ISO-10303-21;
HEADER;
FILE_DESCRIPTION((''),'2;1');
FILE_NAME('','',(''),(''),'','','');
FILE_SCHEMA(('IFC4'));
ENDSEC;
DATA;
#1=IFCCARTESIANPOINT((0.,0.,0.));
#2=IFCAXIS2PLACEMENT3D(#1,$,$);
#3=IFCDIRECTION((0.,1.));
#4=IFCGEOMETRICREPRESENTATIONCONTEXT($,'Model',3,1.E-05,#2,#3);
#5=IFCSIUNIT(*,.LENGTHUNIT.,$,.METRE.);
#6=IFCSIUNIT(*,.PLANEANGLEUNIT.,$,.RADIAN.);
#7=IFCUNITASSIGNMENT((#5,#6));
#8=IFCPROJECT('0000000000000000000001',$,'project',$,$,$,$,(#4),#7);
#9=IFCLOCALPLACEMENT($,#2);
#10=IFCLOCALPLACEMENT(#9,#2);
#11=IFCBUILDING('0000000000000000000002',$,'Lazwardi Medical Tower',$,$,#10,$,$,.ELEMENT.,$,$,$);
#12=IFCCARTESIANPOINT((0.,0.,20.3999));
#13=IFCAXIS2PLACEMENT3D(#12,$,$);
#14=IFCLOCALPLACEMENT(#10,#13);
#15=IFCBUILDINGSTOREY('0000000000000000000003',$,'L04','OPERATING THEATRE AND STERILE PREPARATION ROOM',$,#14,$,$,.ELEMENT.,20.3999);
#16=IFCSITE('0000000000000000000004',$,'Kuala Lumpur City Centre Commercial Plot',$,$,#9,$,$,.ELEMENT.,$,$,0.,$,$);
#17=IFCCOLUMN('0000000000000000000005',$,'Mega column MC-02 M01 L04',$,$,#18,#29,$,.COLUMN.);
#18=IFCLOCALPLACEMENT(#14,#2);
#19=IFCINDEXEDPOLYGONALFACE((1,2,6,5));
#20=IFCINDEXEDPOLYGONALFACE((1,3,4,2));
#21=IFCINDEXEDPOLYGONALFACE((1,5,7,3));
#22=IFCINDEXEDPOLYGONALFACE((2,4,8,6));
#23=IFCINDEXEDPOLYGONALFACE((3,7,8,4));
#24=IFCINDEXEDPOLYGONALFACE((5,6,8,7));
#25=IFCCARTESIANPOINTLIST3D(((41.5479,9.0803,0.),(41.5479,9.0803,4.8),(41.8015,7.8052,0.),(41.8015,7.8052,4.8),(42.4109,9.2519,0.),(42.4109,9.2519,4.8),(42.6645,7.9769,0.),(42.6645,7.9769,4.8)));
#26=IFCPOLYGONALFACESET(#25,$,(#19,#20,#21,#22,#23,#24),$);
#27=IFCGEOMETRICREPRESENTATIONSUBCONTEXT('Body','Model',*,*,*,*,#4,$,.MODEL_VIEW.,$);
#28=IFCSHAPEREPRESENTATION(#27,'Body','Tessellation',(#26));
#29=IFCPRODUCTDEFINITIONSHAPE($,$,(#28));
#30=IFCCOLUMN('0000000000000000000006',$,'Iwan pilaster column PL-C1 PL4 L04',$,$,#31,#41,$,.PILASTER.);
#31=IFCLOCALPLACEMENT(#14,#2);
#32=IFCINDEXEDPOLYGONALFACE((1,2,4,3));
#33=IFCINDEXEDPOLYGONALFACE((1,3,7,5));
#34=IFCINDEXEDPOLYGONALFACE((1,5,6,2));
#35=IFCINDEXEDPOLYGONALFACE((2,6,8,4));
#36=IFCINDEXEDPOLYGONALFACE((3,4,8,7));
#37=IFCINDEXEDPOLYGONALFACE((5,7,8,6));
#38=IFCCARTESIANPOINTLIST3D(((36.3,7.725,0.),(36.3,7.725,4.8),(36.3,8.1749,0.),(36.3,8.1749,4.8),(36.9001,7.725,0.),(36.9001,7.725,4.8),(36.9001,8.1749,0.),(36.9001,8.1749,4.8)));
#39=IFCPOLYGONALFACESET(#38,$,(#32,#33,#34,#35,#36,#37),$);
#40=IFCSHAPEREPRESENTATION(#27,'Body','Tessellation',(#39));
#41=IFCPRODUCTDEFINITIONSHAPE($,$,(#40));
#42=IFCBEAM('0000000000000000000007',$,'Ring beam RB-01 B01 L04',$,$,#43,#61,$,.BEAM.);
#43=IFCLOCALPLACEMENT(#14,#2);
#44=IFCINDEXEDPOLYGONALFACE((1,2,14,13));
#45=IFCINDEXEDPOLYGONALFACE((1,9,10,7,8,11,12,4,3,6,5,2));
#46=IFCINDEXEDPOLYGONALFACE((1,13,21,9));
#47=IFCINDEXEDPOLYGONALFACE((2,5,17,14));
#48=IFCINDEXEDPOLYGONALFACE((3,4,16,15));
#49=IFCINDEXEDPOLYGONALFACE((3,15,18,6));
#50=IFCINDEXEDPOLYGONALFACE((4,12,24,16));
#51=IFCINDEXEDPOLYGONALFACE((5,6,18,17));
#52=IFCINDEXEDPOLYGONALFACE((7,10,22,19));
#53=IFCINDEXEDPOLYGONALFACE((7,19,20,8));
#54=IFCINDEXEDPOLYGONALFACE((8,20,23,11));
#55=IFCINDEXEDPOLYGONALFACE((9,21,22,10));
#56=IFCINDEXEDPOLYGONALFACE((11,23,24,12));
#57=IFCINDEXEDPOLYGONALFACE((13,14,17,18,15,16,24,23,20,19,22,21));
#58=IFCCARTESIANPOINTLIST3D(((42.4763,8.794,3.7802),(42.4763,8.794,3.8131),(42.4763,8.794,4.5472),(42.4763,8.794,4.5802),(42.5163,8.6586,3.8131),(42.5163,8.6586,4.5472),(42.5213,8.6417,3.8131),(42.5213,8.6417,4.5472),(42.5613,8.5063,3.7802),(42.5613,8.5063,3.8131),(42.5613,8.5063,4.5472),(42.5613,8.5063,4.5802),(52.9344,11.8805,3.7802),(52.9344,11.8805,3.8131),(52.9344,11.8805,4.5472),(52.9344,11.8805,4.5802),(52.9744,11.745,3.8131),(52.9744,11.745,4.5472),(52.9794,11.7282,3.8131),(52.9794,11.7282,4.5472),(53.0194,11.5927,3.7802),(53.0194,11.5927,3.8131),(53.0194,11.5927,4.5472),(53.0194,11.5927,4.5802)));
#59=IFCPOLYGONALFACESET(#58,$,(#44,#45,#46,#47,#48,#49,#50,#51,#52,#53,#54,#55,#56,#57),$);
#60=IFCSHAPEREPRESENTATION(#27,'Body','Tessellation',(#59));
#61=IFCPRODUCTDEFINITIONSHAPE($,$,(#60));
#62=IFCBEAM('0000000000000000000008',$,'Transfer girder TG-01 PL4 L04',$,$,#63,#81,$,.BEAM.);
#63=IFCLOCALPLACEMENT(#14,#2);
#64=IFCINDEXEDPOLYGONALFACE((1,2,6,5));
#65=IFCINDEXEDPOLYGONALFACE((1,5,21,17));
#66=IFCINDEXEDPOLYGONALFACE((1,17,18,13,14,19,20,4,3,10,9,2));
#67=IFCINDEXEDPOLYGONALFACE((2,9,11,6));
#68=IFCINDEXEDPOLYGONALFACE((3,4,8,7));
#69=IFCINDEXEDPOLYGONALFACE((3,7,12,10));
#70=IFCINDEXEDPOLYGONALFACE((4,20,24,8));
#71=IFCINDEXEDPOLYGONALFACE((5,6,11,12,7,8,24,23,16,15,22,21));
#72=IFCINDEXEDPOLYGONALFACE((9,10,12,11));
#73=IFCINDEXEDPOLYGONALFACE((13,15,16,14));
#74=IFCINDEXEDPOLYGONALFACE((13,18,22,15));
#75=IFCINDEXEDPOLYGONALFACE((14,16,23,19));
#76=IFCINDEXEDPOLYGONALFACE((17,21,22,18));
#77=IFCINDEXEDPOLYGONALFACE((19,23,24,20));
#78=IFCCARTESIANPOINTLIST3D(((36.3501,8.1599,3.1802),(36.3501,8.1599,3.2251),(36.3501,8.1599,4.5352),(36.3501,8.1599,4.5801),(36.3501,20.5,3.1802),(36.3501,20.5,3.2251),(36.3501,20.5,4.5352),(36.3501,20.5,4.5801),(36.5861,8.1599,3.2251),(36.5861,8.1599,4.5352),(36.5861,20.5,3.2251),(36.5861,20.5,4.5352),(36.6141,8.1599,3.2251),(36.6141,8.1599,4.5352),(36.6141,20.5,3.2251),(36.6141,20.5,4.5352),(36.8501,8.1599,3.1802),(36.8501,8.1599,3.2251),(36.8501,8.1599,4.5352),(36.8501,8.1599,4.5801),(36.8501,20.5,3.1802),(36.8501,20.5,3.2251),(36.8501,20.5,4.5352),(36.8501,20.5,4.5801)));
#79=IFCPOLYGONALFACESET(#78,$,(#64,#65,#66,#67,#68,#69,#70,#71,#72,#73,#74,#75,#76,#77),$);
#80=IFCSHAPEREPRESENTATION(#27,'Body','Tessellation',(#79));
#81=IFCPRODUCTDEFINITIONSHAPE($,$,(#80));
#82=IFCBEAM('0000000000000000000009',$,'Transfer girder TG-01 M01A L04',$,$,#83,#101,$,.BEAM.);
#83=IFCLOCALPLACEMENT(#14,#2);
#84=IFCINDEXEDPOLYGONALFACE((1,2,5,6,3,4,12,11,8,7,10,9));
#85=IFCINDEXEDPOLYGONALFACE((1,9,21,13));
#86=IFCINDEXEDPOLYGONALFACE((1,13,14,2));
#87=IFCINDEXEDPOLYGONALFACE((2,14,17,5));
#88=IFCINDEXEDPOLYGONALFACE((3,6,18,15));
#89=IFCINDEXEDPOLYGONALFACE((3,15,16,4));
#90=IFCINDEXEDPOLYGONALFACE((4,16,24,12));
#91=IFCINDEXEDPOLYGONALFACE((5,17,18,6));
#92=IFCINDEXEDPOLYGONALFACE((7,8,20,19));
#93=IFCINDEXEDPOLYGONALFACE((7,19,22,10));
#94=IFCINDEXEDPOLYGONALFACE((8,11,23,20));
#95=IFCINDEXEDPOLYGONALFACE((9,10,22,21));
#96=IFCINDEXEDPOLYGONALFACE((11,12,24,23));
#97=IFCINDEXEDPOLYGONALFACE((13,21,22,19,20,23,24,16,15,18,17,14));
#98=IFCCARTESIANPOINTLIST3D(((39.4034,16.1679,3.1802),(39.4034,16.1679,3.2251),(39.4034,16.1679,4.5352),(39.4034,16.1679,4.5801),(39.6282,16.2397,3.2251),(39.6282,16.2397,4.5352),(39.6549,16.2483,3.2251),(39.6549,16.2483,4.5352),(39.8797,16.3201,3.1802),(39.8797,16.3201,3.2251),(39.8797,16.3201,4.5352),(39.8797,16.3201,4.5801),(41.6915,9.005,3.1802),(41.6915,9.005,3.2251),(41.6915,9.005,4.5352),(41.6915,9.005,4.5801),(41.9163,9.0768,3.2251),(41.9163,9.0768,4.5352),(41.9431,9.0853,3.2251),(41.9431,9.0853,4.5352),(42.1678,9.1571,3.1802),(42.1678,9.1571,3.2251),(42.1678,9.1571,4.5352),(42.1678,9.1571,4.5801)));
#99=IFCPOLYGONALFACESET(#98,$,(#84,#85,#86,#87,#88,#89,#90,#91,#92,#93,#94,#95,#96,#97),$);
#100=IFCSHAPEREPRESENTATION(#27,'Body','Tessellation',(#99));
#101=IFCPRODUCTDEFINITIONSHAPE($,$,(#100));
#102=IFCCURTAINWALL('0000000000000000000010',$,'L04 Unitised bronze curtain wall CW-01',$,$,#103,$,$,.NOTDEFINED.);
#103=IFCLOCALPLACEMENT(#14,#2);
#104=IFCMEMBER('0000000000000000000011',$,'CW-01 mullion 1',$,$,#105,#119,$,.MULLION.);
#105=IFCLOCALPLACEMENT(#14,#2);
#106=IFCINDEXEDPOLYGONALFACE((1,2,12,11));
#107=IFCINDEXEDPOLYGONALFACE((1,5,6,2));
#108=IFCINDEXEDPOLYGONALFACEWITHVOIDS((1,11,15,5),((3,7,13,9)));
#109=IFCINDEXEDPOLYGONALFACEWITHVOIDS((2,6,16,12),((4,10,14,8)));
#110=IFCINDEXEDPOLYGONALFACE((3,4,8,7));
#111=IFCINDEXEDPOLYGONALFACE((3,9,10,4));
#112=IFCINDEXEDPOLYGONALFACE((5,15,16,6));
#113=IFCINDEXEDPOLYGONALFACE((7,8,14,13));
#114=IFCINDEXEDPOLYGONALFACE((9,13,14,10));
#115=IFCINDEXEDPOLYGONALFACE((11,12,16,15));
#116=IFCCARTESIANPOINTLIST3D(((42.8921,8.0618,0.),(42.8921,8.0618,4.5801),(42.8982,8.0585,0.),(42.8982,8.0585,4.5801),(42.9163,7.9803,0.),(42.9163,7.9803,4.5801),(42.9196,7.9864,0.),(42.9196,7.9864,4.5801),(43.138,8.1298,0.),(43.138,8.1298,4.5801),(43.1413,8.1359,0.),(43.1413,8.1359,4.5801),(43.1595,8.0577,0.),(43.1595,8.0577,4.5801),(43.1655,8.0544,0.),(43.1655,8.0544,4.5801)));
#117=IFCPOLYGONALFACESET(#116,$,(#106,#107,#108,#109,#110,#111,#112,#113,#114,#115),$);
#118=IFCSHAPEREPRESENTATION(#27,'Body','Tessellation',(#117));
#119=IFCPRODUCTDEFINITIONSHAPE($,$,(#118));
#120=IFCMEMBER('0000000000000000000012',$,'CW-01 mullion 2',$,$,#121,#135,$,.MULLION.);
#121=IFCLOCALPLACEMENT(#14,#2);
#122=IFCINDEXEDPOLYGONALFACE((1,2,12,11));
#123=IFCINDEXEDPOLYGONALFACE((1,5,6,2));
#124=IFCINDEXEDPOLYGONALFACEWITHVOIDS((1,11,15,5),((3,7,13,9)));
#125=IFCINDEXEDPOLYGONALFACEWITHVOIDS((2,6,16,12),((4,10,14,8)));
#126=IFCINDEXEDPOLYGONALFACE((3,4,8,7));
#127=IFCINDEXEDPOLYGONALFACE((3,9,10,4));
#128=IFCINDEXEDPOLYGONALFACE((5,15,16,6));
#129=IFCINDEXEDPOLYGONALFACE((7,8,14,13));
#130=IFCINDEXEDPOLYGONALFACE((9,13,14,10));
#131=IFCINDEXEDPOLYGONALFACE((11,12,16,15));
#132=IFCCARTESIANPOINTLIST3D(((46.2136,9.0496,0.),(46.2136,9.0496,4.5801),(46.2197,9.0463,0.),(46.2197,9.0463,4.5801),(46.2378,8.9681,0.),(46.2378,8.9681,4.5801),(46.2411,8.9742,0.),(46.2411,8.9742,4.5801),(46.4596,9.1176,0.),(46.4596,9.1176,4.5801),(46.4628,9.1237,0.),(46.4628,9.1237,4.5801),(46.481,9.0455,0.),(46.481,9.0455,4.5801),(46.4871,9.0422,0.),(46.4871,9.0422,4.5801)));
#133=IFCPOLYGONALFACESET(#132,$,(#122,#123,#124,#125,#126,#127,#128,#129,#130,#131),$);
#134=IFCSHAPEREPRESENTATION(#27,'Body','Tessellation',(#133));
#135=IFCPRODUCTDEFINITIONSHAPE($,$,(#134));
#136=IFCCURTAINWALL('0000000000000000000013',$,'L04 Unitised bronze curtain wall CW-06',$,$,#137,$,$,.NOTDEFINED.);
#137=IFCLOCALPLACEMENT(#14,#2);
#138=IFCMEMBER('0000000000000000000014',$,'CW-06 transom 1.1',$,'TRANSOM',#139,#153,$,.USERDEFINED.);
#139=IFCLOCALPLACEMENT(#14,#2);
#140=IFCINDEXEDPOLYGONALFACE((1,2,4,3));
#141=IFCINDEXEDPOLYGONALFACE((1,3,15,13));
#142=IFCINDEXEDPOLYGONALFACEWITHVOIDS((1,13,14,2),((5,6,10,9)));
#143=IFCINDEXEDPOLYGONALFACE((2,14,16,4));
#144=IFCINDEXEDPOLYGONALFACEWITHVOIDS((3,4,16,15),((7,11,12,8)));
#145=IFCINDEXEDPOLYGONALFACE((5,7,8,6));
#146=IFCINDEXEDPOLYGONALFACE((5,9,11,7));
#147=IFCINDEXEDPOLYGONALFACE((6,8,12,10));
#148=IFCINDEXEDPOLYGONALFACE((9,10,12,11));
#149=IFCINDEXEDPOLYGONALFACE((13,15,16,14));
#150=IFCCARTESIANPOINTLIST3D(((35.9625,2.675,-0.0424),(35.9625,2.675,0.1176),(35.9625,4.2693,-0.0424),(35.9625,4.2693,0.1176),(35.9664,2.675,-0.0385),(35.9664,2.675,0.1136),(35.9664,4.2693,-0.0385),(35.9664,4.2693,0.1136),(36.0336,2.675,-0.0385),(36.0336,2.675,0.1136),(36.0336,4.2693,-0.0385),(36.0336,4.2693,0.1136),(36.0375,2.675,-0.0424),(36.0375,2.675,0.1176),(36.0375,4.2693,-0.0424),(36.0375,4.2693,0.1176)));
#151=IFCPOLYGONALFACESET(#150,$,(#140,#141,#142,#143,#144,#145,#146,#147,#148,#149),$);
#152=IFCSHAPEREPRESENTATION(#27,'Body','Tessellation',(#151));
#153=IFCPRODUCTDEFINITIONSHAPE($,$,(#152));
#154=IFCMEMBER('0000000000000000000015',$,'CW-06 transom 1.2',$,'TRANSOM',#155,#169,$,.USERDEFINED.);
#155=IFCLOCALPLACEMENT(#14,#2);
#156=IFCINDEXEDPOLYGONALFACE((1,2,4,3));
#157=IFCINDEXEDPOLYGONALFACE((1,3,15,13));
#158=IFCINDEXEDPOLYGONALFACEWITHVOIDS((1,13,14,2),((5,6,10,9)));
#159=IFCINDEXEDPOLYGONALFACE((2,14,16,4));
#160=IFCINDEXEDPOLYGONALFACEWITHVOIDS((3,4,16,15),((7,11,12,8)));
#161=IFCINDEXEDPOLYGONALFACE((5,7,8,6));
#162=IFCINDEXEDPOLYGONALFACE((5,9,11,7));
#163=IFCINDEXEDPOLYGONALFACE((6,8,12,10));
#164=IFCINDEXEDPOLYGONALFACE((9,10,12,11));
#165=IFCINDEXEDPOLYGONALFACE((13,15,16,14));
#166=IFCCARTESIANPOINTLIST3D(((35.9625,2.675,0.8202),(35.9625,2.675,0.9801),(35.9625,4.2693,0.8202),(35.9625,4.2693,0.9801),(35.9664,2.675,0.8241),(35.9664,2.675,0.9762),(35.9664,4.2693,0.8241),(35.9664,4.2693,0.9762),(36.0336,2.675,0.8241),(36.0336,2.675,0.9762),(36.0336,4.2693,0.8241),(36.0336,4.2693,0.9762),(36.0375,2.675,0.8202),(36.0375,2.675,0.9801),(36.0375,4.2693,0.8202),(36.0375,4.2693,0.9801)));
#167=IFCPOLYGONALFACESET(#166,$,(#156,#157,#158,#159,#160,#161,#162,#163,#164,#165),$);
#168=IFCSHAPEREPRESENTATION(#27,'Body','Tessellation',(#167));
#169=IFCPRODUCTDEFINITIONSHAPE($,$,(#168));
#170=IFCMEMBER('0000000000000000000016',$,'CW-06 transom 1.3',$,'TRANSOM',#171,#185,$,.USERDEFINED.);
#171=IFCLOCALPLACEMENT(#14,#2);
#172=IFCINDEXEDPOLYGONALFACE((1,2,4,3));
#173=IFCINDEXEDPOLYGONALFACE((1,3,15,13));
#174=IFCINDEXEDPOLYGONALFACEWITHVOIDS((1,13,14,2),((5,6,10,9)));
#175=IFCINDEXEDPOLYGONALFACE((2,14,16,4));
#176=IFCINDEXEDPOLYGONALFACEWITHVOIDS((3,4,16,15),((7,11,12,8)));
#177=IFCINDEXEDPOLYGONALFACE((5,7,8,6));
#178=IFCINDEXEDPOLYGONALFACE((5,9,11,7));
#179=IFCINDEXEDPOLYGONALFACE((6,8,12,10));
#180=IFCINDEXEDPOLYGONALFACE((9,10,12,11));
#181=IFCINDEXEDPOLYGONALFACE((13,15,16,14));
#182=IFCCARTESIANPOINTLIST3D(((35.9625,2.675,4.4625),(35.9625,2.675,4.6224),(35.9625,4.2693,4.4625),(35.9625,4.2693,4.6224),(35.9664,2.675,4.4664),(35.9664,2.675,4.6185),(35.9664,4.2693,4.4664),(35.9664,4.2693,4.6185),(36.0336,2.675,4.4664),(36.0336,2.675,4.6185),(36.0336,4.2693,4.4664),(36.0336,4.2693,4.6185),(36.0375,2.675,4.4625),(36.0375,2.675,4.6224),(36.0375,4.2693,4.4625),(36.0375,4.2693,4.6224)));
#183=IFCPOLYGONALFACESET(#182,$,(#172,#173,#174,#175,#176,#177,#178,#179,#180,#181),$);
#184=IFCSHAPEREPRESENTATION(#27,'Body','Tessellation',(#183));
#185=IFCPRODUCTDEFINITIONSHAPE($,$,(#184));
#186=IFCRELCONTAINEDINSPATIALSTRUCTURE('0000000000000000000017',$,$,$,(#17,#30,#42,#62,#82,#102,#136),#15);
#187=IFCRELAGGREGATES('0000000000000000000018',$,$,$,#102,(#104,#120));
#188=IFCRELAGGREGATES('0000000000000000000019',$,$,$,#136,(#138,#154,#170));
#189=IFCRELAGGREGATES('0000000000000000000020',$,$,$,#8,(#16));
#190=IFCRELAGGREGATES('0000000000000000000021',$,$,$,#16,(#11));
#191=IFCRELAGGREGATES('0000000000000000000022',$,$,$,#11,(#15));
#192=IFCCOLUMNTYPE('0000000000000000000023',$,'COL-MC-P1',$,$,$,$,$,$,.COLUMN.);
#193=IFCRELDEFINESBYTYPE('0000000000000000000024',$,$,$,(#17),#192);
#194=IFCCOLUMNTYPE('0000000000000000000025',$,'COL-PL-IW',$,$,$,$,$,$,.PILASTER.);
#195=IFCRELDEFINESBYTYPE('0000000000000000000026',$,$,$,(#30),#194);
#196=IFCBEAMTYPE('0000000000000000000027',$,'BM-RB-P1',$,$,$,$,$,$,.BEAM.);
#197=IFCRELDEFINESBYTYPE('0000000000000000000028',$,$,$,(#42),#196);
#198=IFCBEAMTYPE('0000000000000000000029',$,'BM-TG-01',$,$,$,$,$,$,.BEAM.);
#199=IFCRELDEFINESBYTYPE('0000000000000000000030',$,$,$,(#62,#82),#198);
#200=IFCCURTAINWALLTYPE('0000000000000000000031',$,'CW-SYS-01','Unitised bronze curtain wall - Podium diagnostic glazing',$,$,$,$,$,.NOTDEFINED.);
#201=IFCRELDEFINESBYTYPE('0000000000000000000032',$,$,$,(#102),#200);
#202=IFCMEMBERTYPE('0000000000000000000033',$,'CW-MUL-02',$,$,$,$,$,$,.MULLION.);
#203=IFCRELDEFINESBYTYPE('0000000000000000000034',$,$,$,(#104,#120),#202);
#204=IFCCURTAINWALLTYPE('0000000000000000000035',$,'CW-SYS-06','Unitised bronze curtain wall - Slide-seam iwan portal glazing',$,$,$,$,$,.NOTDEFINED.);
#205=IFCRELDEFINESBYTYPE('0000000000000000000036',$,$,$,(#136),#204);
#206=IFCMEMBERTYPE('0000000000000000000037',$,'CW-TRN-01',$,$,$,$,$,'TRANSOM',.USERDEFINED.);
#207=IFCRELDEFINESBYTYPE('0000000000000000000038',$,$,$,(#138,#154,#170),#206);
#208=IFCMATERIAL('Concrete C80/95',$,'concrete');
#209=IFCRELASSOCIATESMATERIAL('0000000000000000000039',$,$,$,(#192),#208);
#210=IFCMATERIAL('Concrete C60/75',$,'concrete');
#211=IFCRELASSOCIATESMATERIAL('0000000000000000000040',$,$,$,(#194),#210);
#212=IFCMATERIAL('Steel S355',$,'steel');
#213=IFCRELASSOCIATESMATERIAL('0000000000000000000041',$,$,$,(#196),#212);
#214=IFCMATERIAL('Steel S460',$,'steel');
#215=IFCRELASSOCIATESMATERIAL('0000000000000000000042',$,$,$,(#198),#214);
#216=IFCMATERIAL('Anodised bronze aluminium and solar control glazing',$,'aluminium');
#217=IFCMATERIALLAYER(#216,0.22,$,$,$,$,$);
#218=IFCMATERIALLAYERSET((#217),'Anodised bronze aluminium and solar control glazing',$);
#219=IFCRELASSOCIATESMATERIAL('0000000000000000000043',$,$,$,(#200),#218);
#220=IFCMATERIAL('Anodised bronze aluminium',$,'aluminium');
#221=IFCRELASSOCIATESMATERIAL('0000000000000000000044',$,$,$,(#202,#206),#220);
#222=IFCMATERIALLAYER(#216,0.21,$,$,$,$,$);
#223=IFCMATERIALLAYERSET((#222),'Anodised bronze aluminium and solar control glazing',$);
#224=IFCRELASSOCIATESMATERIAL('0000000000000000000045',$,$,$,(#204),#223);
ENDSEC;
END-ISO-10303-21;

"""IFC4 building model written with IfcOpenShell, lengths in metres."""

from ifc_helpers import new_model, si_unit, direction, frame, origin, origin_2d, place, context, subcontext, project, spatial, rectangle, hollow_rectangle, i_section, extrude, material, layer, layer_set, material_profile, profile_set, type_object, element, aggregate, save


model = new_model("IFC4")

# Units and contexts
model_context = context("Model", 3, precision=1e-05, world=origin(), true_north=direction((0.0, 1.0)))
body_context = subcontext(model_context, "Body", "Model", "MODEL_VIEW")
ifc_project = project(units=[si_unit("LENGTHUNIT", "METRE"), si_unit("PLANEANGLEUNIT", "RADIAN")], contexts=[model_context])

# Site, building, storey
site_placement = place(None, origin())
site = spatial("IfcSite", under=ifc_project, at=site_placement, Name="Kuala Lumpur City Centre Commercial Plot", CompositionType="ELEMENT", RefElevation=0.0)
building_placement = place(site_placement, origin())
building = spatial("IfcBuilding", under=site, at=building_placement, Name="Lazwardi Medical Tower", CompositionType="ELEMENT")
storey_placement = place(building_placement, frame((0.0, 0.0, 20.3999)))
storey = spatial("IfcBuildingStorey", under=building, at=storey_placement, Name="L04", Description="OPERATING THEATRE AND STERILE PREPARATION ROOM", CompositionType="ELEMENT", Elevation=20.3999)

# Columns
ifc_material_1 = material(Name="Concrete C80/95", Category="concrete")
ifc_material_profile_1 = material_profile(ifc_material_1, rectangle(XDim=1.3, YDim=0.8799, at=origin_2d()), Name="CFT-RECT 1300x880")
ifc_profile_set_1 = profile_set([ifc_material_profile_1], Name="Concrete C80/95")
column_type_1 = type_object("IfcColumnType", Name="COL-MC-P1", PredefinedType="COLUMN", material=ifc_profile_set_1)
column_1_placement = place(storey_placement, frame((42.1062, 8.5286, 0.0), z_axis=(0.0, 0.0, 1.0), x_axis=(0.19509, -0.980785, 0.0)))
element("IfcColumn", 1, at=column_1_placement, inside=storey, type_object=column_type_1, Name="Mega column MC-02 M01 L04", PredefinedType="COLUMN", context=body_context, shape_type="SweptSolid", body=[
    extrude(rectangle(XDim=1.3, YDim=0.8799, at=origin_2d()), origin(), (0.0, 0.0, 1.0), 4.8),
])
ifc_material_2 = material(Name="Concrete C60/75", Category="concrete")
ifc_material_profile_2 = material_profile(ifc_material_2, rectangle(XDim=0.6001, YDim=0.45, at=origin_2d()), Name="RC 600x450")
ifc_profile_set_2 = profile_set([ifc_material_profile_2], Name="Concrete C60/75")
column_type_2 = type_object("IfcColumnType", Name="COL-PL-IW", PredefinedType="PILASTER", material=ifc_profile_set_2)
column_2_placement = place(storey_placement, frame((36.6001, 7.95, 0.0), z_axis=(0.0, 0.0, 1.0), x_axis=(1.0, 0.0, 0.0)))
element("IfcColumn", 2, at=column_2_placement, inside=storey, type_object=column_type_2, Name="Iwan pilaster column PL-C1 PL4 L04", PredefinedType="PILASTER", context=body_context, shape_type="SweptSolid", body=[
    extrude(rectangle(XDim=0.6001, YDim=0.45, at=origin_2d()), origin(), (0.0, 0.0, 1.0), 4.8),
])

# Beams
ifc_material_3 = material(Name="Steel S355", Category="steel")
ifc_material_profile_3 = material_profile(ifc_material_3, i_section(OverallWidth=0.3, OverallDepth=0.8, WebThickness=0.0176, FlangeThickness=0.033, at=origin_2d()), Name="HEB 800")
ifc_profile_set_3 = profile_set([ifc_material_profile_3], Name="Steel S355")
beam_type_1 = type_object("IfcBeamType", Name="BM-RB-P1", PredefinedType="BEAM", material=ifc_profile_set_3)
beam_1_placement = place(storey_placement, frame((42.5188, 8.6501, 4.1802), z_axis=(0.959103, 0.283056, 0.0), x_axis=(-0.283056, 0.959103, 0.0)))
element("IfcBeam", 3, at=beam_1_placement, inside=storey, type_object=beam_type_1, Name="Ring beam RB-01 B01 L04", PredefinedType="BEAM", context=body_context, shape_type="SweptSolid", body=[
    extrude(i_section(OverallWidth=0.3, OverallDepth=0.8, WebThickness=0.0176, FlangeThickness=0.033, at=origin_2d()), origin(), (0.0, 0.0, 1.0), 10.9041),
])
ifc_material_4 = material(Name="Steel S460", Category="steel")
ifc_material_profile_4 = material_profile(ifc_material_4, i_section(OverallWidth=0.5, OverallDepth=1.3999, WebThickness=0.0281, FlangeThickness=0.0449, at=origin_2d()), Name="PG 1400x500")
ifc_profile_set_4 = profile_set([ifc_material_profile_4], Name="Steel S460")
beam_type_2 = type_object("IfcBeamType", Name="BM-TG-01", PredefinedType="BEAM", material=ifc_profile_set_4)
beam_2_placement = place(storey_placement, frame((36.6001, 8.1599, 3.8801), z_axis=(0.0, 1.0, 0.0), x_axis=(-1.0, 0.0, 0.0)))
element("IfcBeam", 4, at=beam_2_placement, inside=storey, type_object=beam_type_2, Name="Transfer girder TG-01 PL4 L04", PredefinedType="BEAM", context=body_context, shape_type="SweptSolid", body=[
    extrude(i_section(OverallWidth=0.5, OverallDepth=1.3999, WebThickness=0.0281, FlangeThickness=0.0449, at=origin_2d()), origin(), (0.0, 0.0, 1.0), 12.3401),
])
beam_3_placement = place(storey_placement, frame((41.9297, 9.0811, 3.8801), z_axis=(-0.30429, 0.952579, 0.0), x_axis=(-0.952579, -0.30429, 0.0)))
element("IfcBeam", 5, at=beam_3_placement, inside=storey, type_object=beam_type_2, Name="Transfer girder TG-01 M01A L04", PredefinedType="BEAM", context=body_context, shape_type="SweptSolid", body=[
    extrude(i_section(OverallWidth=0.5, OverallDepth=1.3999, WebThickness=0.0281, FlangeThickness=0.0449, at=origin_2d()), origin(), (0.0, 0.0, 1.0), 7.5195),
])

# Curtain walls, members
ifc_material_5 = material(Name="Anodised bronze aluminium and solar control glazing", Category="aluminium")
ifc_layer_1 = layer(ifc_material_5, 0.22)
ifc_layer_set_1 = layer_set([ifc_layer_1], Name="Anodised bronze aluminium and solar control glazing")
curtain_wall_type_1 = type_object("IfcCurtainWallType", Name="CW-SYS-01", Description="Unitised bronze curtain wall - Podium diagnostic glazing", PredefinedType="NOTDEFINED", material=ifc_layer_set_1)
curtain_wall_1_placement = place(storey_placement, origin())
curtain_wall_1 = element("IfcCurtainWall", 6, at=curtain_wall_1_placement, inside=storey, type_object=curtain_wall_type_1, Name="L04 Unitised bronze curtain wall CW-01", PredefinedType="NOTDEFINED")
ifc_material_6 = material(Name="Anodised bronze aluminium", Category="aluminium")
ifc_material_profile_5 = material_profile(ifc_material_6, hollow_rectangle(XDim=0.085, YDim=0.26, WallThickness=0.0049, at=origin_2d()), Name="ALU-MULLION 260x85x5")
ifc_profile_set_5 = profile_set([ifc_material_profile_5], Name="Anodised bronze aluminium")
member_type_1 = type_object("IfcMemberType", Name="CW-MUL-02", PredefinedType="MULLION", material=ifc_profile_set_5)
member_1_placement = place(storey_placement, frame((43.0288, 8.0581, 0.0), z_axis=(0.0, 0.0, 1.0), x_axis=(-0.285047, 0.958513, 0.0)))
member_1 = element("IfcMember", 7, at=member_1_placement, type_object=member_type_1, Name="CW-01 mullion 1", PredefinedType="MULLION", context=body_context, shape_type="SweptSolid", body=[
    extrude(hollow_rectangle(XDim=0.085, YDim=0.26, WallThickness=0.0049, at=origin_2d()), origin(), (0.0, 0.0, 1.0), 4.5801),
])
member_2_placement = place(storey_placement, frame((46.3503, 9.0459, 0.0), z_axis=(0.0, 0.0, 1.0), x_axis=(-0.285047, 0.958513, 0.0)))
member_2 = element("IfcMember", 8, at=member_2_placement, type_object=member_type_1, Name="CW-01 mullion 2", PredefinedType="MULLION", context=body_context, shape_type="SweptSolid", body=[
    extrude(hollow_rectangle(XDim=0.085, YDim=0.26, WallThickness=0.0049, at=origin_2d()), origin(), (0.0, 0.0, 1.0), 4.5801),
])
ifc_layer_2 = layer(ifc_material_5, 0.21)
ifc_layer_set_2 = layer_set([ifc_layer_2], Name="Anodised bronze aluminium and solar control glazing")
curtain_wall_type_2 = type_object("IfcCurtainWallType", Name="CW-SYS-06", Description="Unitised bronze curtain wall - Slide-seam iwan portal glazing", PredefinedType="NOTDEFINED", material=ifc_layer_set_2)
curtain_wall_2_placement = place(storey_placement, origin())
curtain_wall_2 = element("IfcCurtainWall", 9, at=curtain_wall_2_placement, inside=storey, type_object=curtain_wall_type_2, Name="L04 Unitised bronze curtain wall CW-06", PredefinedType="NOTDEFINED")
ifc_material_profile_6 = material_profile(ifc_material_6, hollow_rectangle(XDim=0.075, YDim=0.1599, WallThickness=0.0039, at=origin_2d()), Name="ALU-TRANSOM 160x75x4")
ifc_profile_set_6 = profile_set([ifc_material_profile_6], Name="Anodised bronze aluminium")
member_type_2 = type_object("IfcMemberType", Name="CW-TRN-01", ElementType="TRANSOM", PredefinedType="USERDEFINED", material=ifc_profile_set_6)
member_3_placement = place(storey_placement, frame((36.0, 2.675, 0.0376), z_axis=(0.0, 1.0, 0.0), x_axis=(-1.0, 0.0, 0.0)))
member_3 = element("IfcMember", 10, at=member_3_placement, type_object=member_type_2, Name="CW-06 transom 1.1", ObjectType="TRANSOM", PredefinedType="USERDEFINED", context=body_context, shape_type="SweptSolid", body=[
    extrude(hollow_rectangle(XDim=0.075, YDim=0.1599, WallThickness=0.0039, at=origin_2d()), origin(), (0.0, 0.0, 1.0), 1.5942),
])
member_4_placement = place(storey_placement, frame((36.0, 2.675, 0.9001), z_axis=(0.0, 1.0, 0.0), x_axis=(-1.0, 0.0, 0.0)))
member_4 = element("IfcMember", 11, at=member_4_placement, type_object=member_type_2, Name="CW-06 transom 1.2", ObjectType="TRANSOM", PredefinedType="USERDEFINED", context=body_context, shape_type="SweptSolid", body=[
    extrude(hollow_rectangle(XDim=0.075, YDim=0.1599, WallThickness=0.0039, at=origin_2d()), origin(), (0.0, 0.0, 1.0), 1.5942),
])
member_5_placement = place(storey_placement, frame((36.0, 2.675, 4.5425), z_axis=(0.0, 1.0, 0.0), x_axis=(-1.0, 0.0, 0.0)))
member_5 = element("IfcMember", 12, at=member_5_placement, type_object=member_type_2, Name="CW-06 transom 1.3", ObjectType="TRANSOM", PredefinedType="USERDEFINED", context=body_context, shape_type="SweptSolid", body=[
    extrude(hollow_rectangle(XDim=0.075, YDim=0.1599, WallThickness=0.0039, at=origin_2d()), origin(), (0.0, 0.0, 1.0), 1.5942),
])

aggregate(curtain_wall_1, [member_1, member_2])
aggregate(curtain_wall_2, [member_3, member_4, member_5])

save(model, "model.ifc")
